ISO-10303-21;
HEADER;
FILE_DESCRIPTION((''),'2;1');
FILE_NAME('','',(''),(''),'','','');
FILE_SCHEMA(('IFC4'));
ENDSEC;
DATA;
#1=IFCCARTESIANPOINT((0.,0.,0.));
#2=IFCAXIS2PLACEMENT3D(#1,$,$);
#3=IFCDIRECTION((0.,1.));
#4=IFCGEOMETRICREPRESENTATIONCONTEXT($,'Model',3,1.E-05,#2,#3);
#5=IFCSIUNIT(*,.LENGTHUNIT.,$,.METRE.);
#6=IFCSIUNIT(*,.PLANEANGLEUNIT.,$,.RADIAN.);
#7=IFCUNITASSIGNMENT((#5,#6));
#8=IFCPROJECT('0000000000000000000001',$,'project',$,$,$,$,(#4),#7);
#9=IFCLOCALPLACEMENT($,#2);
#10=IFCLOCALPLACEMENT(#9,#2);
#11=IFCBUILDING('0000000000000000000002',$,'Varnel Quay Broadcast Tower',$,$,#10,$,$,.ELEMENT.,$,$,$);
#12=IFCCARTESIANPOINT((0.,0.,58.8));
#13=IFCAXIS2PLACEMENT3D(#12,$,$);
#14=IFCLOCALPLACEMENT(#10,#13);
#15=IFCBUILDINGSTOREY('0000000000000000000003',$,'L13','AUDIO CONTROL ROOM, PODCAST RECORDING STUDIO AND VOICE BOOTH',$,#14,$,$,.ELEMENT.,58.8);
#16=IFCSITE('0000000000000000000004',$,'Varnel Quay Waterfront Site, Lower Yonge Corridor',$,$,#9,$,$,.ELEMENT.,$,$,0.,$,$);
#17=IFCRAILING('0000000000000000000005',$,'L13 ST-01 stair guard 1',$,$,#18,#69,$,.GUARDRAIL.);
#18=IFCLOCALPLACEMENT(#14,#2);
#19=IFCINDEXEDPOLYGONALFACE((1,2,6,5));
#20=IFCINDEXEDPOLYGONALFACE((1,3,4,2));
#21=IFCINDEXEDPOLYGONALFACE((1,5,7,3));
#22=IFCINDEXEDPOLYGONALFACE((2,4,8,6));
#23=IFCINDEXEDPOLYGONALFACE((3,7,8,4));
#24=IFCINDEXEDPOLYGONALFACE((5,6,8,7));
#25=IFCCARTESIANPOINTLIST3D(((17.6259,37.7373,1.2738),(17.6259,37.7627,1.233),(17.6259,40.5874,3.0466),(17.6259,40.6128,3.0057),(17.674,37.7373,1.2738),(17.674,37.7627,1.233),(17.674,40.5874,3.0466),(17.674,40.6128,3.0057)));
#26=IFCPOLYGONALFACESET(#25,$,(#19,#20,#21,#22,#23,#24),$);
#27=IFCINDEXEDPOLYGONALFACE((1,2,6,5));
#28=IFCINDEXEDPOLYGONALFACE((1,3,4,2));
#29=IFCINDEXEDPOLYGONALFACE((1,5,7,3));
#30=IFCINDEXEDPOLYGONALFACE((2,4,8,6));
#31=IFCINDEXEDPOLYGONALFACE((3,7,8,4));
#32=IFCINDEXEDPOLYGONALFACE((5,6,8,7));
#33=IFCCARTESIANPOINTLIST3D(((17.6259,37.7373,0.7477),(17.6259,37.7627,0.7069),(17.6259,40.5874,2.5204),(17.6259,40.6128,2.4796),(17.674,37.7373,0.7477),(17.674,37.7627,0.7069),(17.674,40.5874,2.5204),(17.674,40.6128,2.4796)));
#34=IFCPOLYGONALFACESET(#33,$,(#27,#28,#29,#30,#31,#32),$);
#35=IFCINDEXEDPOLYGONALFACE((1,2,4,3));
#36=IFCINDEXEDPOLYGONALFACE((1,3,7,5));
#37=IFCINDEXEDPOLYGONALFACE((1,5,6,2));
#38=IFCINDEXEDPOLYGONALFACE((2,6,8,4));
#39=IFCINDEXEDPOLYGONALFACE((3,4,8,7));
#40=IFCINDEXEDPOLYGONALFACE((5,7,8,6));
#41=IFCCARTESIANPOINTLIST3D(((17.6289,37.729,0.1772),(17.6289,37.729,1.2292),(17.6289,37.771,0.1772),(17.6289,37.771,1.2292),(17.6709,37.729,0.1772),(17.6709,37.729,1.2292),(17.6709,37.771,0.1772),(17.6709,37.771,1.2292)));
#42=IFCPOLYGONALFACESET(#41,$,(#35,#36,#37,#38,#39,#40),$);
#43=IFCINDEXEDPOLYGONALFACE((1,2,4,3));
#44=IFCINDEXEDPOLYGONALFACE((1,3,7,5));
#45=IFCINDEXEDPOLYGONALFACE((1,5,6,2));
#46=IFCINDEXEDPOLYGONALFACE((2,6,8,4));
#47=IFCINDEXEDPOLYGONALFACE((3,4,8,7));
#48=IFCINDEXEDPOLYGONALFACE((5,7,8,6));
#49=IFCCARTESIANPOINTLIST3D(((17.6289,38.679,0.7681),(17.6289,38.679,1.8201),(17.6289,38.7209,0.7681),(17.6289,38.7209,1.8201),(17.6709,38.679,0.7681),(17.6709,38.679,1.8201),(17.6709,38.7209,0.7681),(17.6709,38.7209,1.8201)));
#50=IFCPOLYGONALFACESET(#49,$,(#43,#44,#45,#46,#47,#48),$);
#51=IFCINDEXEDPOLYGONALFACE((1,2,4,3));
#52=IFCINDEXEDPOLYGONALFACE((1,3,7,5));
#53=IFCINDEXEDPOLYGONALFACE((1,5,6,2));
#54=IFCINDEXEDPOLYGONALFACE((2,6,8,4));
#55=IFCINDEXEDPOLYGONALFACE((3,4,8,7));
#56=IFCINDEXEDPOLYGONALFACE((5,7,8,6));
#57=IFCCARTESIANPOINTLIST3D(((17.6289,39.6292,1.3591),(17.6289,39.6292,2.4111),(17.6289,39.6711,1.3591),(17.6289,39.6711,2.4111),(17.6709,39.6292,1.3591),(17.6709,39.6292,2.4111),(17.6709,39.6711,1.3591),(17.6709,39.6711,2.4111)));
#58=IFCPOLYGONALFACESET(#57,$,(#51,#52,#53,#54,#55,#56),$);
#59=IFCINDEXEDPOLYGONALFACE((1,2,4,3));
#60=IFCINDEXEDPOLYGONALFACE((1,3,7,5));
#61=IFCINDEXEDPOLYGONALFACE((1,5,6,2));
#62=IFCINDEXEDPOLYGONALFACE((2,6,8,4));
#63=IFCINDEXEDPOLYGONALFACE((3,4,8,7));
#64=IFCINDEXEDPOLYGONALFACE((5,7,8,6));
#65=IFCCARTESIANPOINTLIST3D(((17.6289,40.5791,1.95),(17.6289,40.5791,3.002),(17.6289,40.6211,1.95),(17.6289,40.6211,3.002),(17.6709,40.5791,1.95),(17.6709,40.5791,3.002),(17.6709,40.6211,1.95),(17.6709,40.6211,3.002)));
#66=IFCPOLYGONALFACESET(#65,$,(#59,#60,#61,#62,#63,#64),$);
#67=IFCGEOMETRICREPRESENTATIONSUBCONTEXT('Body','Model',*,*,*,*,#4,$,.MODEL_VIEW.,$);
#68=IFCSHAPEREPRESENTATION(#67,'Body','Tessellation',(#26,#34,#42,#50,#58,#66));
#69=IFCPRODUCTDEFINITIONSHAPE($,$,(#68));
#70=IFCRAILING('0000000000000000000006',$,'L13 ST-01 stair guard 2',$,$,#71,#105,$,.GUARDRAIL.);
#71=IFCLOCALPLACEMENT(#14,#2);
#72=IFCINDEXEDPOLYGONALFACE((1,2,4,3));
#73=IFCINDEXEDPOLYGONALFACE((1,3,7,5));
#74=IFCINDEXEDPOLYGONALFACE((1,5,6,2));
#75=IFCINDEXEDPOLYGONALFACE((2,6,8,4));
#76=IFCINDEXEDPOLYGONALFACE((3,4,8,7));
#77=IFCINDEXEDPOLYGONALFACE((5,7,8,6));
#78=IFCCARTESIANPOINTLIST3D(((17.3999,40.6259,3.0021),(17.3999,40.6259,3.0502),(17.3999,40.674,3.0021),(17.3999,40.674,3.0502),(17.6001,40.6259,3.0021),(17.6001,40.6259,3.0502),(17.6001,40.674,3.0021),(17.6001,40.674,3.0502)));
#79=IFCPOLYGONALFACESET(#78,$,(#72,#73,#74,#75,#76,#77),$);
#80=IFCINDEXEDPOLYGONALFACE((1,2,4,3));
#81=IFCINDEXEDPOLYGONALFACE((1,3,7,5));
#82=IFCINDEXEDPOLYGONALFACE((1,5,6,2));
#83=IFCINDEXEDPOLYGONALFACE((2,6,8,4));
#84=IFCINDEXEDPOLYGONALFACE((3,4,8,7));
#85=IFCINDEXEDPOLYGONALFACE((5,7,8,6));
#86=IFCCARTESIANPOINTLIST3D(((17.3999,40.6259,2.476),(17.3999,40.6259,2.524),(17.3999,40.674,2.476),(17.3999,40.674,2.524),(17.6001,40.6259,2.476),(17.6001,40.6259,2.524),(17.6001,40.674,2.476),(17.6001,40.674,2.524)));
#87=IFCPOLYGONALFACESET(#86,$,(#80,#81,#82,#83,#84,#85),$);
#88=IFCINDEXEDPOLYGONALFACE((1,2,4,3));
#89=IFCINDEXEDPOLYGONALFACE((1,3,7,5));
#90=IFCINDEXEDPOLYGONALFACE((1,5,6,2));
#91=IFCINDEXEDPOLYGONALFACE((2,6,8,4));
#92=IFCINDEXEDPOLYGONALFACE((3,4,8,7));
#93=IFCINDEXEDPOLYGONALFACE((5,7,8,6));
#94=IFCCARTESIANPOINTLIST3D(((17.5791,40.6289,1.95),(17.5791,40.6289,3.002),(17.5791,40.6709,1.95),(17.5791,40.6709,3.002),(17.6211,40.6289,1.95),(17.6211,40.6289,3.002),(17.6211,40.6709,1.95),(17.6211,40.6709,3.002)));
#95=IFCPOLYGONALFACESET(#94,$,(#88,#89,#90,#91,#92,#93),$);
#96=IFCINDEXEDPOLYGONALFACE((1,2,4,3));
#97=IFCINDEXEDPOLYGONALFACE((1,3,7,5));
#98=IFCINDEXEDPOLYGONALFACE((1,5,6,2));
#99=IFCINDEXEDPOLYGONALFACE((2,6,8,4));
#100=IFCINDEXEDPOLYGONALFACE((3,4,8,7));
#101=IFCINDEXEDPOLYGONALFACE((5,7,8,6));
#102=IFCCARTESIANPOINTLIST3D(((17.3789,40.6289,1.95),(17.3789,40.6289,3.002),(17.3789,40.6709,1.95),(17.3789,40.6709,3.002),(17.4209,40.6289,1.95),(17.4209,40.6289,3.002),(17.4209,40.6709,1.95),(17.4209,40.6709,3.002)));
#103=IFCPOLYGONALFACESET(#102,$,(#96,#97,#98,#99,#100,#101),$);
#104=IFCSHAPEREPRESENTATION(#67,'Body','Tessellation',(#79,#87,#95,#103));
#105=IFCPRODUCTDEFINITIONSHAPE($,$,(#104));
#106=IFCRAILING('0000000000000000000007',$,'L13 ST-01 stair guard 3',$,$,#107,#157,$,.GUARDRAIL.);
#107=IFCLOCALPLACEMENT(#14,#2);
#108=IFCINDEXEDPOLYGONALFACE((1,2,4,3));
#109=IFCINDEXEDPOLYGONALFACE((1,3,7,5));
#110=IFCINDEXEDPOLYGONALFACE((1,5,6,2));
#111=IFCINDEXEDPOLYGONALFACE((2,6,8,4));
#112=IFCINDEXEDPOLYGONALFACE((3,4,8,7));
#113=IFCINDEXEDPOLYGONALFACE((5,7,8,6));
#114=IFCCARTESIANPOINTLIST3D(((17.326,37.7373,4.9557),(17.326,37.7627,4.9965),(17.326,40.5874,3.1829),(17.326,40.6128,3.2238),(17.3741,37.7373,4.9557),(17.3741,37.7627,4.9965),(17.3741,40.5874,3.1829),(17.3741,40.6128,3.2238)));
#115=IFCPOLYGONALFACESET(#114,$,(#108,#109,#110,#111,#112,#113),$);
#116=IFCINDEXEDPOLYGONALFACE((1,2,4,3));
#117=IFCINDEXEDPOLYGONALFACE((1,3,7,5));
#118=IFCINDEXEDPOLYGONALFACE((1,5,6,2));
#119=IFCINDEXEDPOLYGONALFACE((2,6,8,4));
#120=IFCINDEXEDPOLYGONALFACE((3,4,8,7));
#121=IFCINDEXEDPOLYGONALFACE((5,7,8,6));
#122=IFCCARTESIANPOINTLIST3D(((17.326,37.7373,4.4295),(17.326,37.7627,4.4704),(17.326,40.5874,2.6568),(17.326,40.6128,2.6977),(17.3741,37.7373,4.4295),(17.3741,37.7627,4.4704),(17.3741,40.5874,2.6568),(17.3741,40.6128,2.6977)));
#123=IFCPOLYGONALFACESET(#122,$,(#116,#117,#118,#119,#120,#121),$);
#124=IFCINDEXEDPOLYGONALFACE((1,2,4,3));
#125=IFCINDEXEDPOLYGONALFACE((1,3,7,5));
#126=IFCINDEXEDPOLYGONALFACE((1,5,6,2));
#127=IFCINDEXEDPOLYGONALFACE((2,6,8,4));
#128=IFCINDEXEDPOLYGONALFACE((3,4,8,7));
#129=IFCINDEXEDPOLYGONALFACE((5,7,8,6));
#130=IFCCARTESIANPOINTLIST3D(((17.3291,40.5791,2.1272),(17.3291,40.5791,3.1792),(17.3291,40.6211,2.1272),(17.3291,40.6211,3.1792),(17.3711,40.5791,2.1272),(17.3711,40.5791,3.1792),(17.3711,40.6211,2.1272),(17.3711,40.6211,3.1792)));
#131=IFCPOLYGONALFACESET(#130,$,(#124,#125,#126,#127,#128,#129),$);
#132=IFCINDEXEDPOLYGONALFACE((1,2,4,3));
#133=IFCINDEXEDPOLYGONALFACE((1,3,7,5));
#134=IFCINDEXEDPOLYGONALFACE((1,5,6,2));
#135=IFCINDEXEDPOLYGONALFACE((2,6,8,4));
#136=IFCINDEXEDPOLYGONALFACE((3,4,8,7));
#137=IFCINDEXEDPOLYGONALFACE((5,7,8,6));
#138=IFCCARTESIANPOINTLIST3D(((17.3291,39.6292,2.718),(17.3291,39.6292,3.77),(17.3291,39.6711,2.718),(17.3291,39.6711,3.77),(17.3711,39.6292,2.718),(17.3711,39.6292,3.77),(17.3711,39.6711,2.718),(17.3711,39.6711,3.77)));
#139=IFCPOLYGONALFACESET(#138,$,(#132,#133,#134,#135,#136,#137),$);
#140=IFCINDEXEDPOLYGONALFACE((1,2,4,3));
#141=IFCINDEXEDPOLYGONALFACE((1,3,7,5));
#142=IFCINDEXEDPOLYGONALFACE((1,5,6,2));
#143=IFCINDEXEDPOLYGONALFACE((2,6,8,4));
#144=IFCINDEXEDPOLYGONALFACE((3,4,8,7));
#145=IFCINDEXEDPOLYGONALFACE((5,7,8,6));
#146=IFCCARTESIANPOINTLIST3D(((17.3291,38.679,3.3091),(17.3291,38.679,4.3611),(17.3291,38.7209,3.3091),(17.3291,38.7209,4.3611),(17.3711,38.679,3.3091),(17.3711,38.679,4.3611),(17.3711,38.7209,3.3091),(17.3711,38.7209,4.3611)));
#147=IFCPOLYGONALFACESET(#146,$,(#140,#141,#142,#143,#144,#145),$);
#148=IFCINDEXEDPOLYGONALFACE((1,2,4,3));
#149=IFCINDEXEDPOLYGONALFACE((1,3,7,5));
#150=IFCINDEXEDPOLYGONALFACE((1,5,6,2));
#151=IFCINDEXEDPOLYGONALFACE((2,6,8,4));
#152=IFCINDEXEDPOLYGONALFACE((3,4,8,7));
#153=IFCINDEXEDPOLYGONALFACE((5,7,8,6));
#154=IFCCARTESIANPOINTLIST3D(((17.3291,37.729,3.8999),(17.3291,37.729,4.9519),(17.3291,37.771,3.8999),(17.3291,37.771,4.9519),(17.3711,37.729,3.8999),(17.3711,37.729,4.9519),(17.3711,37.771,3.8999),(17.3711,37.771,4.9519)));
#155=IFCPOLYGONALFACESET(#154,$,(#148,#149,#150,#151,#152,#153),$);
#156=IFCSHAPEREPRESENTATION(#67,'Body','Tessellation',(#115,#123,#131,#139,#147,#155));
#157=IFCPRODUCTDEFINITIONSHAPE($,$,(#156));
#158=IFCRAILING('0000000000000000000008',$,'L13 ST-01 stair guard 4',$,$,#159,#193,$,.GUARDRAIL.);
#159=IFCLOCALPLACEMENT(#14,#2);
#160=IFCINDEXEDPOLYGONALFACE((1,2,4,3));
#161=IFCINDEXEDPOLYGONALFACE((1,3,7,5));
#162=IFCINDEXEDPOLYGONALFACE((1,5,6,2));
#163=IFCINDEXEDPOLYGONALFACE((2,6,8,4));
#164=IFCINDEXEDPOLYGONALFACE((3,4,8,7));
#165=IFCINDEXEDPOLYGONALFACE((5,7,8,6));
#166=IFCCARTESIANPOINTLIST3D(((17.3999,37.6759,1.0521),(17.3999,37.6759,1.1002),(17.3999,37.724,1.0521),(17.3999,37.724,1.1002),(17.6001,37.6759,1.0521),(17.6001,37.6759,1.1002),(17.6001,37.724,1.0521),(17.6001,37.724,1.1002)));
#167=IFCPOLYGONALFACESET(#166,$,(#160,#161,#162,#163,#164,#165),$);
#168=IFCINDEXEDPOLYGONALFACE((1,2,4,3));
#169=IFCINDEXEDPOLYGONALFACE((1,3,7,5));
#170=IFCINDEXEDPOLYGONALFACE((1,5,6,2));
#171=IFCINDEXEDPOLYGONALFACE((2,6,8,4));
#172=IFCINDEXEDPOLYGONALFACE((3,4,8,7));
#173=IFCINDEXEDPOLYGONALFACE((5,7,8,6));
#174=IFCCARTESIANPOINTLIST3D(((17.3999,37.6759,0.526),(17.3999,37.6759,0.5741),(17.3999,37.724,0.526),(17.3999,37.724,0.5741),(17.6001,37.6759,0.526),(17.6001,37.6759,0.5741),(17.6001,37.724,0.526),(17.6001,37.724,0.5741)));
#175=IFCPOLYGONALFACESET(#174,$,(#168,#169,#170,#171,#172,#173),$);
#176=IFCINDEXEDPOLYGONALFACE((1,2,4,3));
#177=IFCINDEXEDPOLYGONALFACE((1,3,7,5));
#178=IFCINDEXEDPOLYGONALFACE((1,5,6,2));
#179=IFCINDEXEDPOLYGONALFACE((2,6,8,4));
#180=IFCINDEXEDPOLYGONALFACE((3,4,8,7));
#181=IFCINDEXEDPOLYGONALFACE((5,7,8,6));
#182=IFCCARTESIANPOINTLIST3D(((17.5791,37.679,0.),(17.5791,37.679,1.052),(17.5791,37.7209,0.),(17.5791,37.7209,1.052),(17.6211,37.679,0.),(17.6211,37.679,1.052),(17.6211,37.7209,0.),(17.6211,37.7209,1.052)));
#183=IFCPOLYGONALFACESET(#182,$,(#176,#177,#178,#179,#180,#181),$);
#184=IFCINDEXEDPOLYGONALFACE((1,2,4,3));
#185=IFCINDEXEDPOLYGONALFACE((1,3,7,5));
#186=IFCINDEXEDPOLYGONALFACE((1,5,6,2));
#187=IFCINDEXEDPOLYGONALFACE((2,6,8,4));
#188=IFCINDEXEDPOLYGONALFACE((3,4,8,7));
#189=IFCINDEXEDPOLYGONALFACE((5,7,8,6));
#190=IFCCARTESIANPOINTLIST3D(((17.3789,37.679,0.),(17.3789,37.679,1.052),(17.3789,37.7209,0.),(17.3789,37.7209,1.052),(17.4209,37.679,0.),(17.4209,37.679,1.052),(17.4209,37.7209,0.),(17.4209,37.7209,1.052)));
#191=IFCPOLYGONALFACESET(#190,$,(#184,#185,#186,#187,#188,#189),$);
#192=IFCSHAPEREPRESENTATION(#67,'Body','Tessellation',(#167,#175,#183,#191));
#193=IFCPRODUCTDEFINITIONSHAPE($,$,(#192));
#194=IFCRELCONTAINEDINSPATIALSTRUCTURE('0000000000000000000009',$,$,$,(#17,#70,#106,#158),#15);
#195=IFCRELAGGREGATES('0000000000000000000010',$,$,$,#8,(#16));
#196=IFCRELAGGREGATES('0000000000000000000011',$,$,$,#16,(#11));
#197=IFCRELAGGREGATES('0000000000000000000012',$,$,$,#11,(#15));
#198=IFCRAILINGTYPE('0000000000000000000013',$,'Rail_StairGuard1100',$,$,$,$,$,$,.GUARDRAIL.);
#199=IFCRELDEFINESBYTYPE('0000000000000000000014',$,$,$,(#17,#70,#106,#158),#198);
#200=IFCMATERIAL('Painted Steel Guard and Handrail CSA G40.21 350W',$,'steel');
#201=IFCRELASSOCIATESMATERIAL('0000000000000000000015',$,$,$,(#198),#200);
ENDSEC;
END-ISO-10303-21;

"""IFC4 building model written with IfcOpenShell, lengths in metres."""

from ifc_helpers import new_model, si_unit, direction, frame, origin, origin_2d, place, context, subcontext, project, spatial, rectangle, extrude, material, type_object, element, save


model = new_model("IFC4")

# Units and contexts
model_context = context("Model", 3, precision=1e-05, world=origin(), true_north=direction((0.0, 1.0)))
body_context = subcontext(model_context, "Body", "Model", "MODEL_VIEW")
ifc_project = project(units=[si_unit("LENGTHUNIT", "METRE"), si_unit("PLANEANGLEUNIT", "RADIAN")], contexts=[model_context])

# Site, building, storey
site_placement = place(None, origin())
site = spatial("IfcSite", under=ifc_project, at=site_placement, Name="Varnel Quay Waterfront Site, Lower Yonge Corridor", CompositionType="ELEMENT", RefElevation=0.0)
building_placement = place(site_placement, origin())
building = spatial("IfcBuilding", under=site, at=building_placement, Name="Varnel Quay Broadcast Tower", CompositionType="ELEMENT")
storey_placement = place(building_placement, frame((0.0, 0.0, 58.8)))
storey = spatial("IfcBuildingStorey", under=building, at=storey_placement, Name="L13", Description="AUDIO CONTROL ROOM, PODCAST RECORDING STUDIO AND VOICE BOOTH", CompositionType="ELEMENT", Elevation=58.8)

# Railings
ifc_material_1 = material(Name="Painted Steel Guard and Handrail CSA G40.21 350W", Category="steel")
railing_type_1 = type_object("IfcRailingType", Name="Rail_StairGuard1100", PredefinedType="GUARDRAIL", material=ifc_material_1)
railing_1_placement = place(storey_placement, frame((17.6499, 37.75, 0.1772)))
element("IfcRailing", 1, at=railing_1_placement, inside=storey, type_object=railing_type_1, Name="L13 ST-01 stair guard 1", PredefinedType="GUARDRAIL", context=body_context, shape_type="SweptSolid", body=[
    extrude(rectangle(XDim=0.0481, YDim=0.0481, at=origin_2d()), frame((0.0, 0.0, 1.0762), z_axis=(0.0, 0.849149, 0.528154), x_axis=(-1.0, 0.0, 0.0)), (0.0, 0.0, 1.0), 3.3564),
    extrude(rectangle(XDim=0.0481, YDim=0.0481, at=origin_2d()), frame((0.0, 0.0, 0.55), z_axis=(0.0, 0.849149, 0.528154), x_axis=(-1.0, 0.0, 0.0)), (0.0, 0.0, 1.0), 3.3564),
    extrude(rectangle(XDim=0.042, YDim=0.042, at=origin_2d()), origin(), (0.0, 0.0, 1.0), 1.052),
    extrude(rectangle(XDim=0.042, YDim=0.042, at=origin_2d()), frame((0.0, 0.95, 0.5908)), (0.0, 0.0, 1.0), 1.052),
    extrude(rectangle(XDim=0.042, YDim=0.042, at=origin_2d()), frame((0.0, 1.9001, 1.1819)), (0.0, 0.0, 1.0), 1.052),
    extrude(rectangle(XDim=0.042, YDim=0.042, at=origin_2d()), frame((0.0, 2.8501, 1.7727)), (0.0, 0.0, 1.0), 1.052),
])
railing_2_placement = place(storey_placement, frame((17.6001, 40.6499, 1.95)))
element("IfcRailing", 2, at=railing_2_placement, inside=storey, type_object=railing_type_1, Name="L13 ST-01 stair guard 2", PredefinedType="GUARDRAIL", context=body_context, shape_type="SweptSolid", body=[
    extrude(rectangle(XDim=0.0481, YDim=0.0481, at=origin_2d()), frame((0.0, 0.0, 1.0762), z_axis=(-1.0, 0.0, 0.0), x_axis=(0.0, -1.0, 0.0)), (0.0, 0.0, 1.0), 0.2002),
    extrude(rectangle(XDim=0.0481, YDim=0.0481, at=origin_2d()), frame((0.0, 0.0, 0.55), z_axis=(-1.0, 0.0, 0.0), x_axis=(0.0, -1.0, 0.0)), (0.0, 0.0, 1.0), 0.2002),
    extrude(rectangle(XDim=0.042, YDim=0.042, at=origin_2d()), origin(), (0.0, 0.0, 1.0), 1.052),
    extrude(rectangle(XDim=0.042, YDim=0.042, at=origin_2d()), frame((-0.2002, 0.0, 0.0)), (0.0, 0.0, 1.0), 1.052),
])
railing_3_placement = place(storey_placement, frame((17.3501, 40.6001, 2.1272)))
element("IfcRailing", 3, at=railing_3_placement, inside=storey, type_object=railing_type_1, Name="L13 ST-01 stair guard 3", PredefinedType="GUARDRAIL", context=body_context, shape_type="SweptSolid", body=[
    extrude(rectangle(XDim=0.0481, YDim=0.0481, at=origin_2d()), frame((0.0, 0.0, 1.0762), z_axis=(0.0, -0.849149, 0.528154), x_axis=(1.0, 0.0, 0.0)), (0.0, 0.0, 1.0), 3.3564),
    extrude(rectangle(XDim=0.0481, YDim=0.0481, at=origin_2d()), frame((0.0, 0.0, 0.55), z_axis=(0.0, -0.849149, 0.528154), x_axis=(1.0, 0.0, 0.0)), (0.0, 0.0, 1.0), 3.3564),
    extrude(rectangle(XDim=0.042, YDim=0.042, at=origin_2d()), origin(), (0.0, 0.0, 1.0), 1.052),
    extrude(rectangle(XDim=0.042, YDim=0.042, at=origin_2d()), frame((0.0, -0.95, 0.5908)), (0.0, 0.0, 1.0), 1.052),
    extrude(rectangle(XDim=0.042, YDim=0.042, at=origin_2d()), frame((0.0, -1.9001, 1.1819)), (0.0, 0.0, 1.0), 1.052),
    extrude(rectangle(XDim=0.042, YDim=0.042, at=origin_2d()), frame((0.0, -2.8501, 1.7727)), (0.0, 0.0, 1.0), 1.052),
])
railing_4_placement = place(storey_placement, frame((17.6001, 37.7, 0.0)))
element("IfcRailing", 4, at=railing_4_placement, inside=storey, type_object=railing_type_1, Name="L13 ST-01 stair guard 4", PredefinedType="GUARDRAIL", context=body_context, shape_type="SweptSolid", body=[
    extrude(rectangle(XDim=0.0481, YDim=0.0481, at=origin_2d()), frame((0.0, 0.0, 1.0762), z_axis=(-1.0, 0.0, 0.0), x_axis=(0.0, -1.0, 0.0)), (0.0, 0.0, 1.0), 0.2002),
    extrude(rectangle(XDim=0.0481, YDim=0.0481, at=origin_2d()), frame((0.0, 0.0, 0.55), z_axis=(-1.0, 0.0, 0.0), x_axis=(0.0, -1.0, 0.0)), (0.0, 0.0, 1.0), 0.2002),
    extrude(rectangle(XDim=0.042, YDim=0.042, at=origin_2d()), origin(), (0.0, 0.0, 1.0), 1.052),
    extrude(rectangle(XDim=0.042, YDim=0.042, at=origin_2d()), frame((-0.2002, 0.0, 0.0)), (0.0, 0.0, 1.0), 1.052),
])

save(model, "model.ifc")
